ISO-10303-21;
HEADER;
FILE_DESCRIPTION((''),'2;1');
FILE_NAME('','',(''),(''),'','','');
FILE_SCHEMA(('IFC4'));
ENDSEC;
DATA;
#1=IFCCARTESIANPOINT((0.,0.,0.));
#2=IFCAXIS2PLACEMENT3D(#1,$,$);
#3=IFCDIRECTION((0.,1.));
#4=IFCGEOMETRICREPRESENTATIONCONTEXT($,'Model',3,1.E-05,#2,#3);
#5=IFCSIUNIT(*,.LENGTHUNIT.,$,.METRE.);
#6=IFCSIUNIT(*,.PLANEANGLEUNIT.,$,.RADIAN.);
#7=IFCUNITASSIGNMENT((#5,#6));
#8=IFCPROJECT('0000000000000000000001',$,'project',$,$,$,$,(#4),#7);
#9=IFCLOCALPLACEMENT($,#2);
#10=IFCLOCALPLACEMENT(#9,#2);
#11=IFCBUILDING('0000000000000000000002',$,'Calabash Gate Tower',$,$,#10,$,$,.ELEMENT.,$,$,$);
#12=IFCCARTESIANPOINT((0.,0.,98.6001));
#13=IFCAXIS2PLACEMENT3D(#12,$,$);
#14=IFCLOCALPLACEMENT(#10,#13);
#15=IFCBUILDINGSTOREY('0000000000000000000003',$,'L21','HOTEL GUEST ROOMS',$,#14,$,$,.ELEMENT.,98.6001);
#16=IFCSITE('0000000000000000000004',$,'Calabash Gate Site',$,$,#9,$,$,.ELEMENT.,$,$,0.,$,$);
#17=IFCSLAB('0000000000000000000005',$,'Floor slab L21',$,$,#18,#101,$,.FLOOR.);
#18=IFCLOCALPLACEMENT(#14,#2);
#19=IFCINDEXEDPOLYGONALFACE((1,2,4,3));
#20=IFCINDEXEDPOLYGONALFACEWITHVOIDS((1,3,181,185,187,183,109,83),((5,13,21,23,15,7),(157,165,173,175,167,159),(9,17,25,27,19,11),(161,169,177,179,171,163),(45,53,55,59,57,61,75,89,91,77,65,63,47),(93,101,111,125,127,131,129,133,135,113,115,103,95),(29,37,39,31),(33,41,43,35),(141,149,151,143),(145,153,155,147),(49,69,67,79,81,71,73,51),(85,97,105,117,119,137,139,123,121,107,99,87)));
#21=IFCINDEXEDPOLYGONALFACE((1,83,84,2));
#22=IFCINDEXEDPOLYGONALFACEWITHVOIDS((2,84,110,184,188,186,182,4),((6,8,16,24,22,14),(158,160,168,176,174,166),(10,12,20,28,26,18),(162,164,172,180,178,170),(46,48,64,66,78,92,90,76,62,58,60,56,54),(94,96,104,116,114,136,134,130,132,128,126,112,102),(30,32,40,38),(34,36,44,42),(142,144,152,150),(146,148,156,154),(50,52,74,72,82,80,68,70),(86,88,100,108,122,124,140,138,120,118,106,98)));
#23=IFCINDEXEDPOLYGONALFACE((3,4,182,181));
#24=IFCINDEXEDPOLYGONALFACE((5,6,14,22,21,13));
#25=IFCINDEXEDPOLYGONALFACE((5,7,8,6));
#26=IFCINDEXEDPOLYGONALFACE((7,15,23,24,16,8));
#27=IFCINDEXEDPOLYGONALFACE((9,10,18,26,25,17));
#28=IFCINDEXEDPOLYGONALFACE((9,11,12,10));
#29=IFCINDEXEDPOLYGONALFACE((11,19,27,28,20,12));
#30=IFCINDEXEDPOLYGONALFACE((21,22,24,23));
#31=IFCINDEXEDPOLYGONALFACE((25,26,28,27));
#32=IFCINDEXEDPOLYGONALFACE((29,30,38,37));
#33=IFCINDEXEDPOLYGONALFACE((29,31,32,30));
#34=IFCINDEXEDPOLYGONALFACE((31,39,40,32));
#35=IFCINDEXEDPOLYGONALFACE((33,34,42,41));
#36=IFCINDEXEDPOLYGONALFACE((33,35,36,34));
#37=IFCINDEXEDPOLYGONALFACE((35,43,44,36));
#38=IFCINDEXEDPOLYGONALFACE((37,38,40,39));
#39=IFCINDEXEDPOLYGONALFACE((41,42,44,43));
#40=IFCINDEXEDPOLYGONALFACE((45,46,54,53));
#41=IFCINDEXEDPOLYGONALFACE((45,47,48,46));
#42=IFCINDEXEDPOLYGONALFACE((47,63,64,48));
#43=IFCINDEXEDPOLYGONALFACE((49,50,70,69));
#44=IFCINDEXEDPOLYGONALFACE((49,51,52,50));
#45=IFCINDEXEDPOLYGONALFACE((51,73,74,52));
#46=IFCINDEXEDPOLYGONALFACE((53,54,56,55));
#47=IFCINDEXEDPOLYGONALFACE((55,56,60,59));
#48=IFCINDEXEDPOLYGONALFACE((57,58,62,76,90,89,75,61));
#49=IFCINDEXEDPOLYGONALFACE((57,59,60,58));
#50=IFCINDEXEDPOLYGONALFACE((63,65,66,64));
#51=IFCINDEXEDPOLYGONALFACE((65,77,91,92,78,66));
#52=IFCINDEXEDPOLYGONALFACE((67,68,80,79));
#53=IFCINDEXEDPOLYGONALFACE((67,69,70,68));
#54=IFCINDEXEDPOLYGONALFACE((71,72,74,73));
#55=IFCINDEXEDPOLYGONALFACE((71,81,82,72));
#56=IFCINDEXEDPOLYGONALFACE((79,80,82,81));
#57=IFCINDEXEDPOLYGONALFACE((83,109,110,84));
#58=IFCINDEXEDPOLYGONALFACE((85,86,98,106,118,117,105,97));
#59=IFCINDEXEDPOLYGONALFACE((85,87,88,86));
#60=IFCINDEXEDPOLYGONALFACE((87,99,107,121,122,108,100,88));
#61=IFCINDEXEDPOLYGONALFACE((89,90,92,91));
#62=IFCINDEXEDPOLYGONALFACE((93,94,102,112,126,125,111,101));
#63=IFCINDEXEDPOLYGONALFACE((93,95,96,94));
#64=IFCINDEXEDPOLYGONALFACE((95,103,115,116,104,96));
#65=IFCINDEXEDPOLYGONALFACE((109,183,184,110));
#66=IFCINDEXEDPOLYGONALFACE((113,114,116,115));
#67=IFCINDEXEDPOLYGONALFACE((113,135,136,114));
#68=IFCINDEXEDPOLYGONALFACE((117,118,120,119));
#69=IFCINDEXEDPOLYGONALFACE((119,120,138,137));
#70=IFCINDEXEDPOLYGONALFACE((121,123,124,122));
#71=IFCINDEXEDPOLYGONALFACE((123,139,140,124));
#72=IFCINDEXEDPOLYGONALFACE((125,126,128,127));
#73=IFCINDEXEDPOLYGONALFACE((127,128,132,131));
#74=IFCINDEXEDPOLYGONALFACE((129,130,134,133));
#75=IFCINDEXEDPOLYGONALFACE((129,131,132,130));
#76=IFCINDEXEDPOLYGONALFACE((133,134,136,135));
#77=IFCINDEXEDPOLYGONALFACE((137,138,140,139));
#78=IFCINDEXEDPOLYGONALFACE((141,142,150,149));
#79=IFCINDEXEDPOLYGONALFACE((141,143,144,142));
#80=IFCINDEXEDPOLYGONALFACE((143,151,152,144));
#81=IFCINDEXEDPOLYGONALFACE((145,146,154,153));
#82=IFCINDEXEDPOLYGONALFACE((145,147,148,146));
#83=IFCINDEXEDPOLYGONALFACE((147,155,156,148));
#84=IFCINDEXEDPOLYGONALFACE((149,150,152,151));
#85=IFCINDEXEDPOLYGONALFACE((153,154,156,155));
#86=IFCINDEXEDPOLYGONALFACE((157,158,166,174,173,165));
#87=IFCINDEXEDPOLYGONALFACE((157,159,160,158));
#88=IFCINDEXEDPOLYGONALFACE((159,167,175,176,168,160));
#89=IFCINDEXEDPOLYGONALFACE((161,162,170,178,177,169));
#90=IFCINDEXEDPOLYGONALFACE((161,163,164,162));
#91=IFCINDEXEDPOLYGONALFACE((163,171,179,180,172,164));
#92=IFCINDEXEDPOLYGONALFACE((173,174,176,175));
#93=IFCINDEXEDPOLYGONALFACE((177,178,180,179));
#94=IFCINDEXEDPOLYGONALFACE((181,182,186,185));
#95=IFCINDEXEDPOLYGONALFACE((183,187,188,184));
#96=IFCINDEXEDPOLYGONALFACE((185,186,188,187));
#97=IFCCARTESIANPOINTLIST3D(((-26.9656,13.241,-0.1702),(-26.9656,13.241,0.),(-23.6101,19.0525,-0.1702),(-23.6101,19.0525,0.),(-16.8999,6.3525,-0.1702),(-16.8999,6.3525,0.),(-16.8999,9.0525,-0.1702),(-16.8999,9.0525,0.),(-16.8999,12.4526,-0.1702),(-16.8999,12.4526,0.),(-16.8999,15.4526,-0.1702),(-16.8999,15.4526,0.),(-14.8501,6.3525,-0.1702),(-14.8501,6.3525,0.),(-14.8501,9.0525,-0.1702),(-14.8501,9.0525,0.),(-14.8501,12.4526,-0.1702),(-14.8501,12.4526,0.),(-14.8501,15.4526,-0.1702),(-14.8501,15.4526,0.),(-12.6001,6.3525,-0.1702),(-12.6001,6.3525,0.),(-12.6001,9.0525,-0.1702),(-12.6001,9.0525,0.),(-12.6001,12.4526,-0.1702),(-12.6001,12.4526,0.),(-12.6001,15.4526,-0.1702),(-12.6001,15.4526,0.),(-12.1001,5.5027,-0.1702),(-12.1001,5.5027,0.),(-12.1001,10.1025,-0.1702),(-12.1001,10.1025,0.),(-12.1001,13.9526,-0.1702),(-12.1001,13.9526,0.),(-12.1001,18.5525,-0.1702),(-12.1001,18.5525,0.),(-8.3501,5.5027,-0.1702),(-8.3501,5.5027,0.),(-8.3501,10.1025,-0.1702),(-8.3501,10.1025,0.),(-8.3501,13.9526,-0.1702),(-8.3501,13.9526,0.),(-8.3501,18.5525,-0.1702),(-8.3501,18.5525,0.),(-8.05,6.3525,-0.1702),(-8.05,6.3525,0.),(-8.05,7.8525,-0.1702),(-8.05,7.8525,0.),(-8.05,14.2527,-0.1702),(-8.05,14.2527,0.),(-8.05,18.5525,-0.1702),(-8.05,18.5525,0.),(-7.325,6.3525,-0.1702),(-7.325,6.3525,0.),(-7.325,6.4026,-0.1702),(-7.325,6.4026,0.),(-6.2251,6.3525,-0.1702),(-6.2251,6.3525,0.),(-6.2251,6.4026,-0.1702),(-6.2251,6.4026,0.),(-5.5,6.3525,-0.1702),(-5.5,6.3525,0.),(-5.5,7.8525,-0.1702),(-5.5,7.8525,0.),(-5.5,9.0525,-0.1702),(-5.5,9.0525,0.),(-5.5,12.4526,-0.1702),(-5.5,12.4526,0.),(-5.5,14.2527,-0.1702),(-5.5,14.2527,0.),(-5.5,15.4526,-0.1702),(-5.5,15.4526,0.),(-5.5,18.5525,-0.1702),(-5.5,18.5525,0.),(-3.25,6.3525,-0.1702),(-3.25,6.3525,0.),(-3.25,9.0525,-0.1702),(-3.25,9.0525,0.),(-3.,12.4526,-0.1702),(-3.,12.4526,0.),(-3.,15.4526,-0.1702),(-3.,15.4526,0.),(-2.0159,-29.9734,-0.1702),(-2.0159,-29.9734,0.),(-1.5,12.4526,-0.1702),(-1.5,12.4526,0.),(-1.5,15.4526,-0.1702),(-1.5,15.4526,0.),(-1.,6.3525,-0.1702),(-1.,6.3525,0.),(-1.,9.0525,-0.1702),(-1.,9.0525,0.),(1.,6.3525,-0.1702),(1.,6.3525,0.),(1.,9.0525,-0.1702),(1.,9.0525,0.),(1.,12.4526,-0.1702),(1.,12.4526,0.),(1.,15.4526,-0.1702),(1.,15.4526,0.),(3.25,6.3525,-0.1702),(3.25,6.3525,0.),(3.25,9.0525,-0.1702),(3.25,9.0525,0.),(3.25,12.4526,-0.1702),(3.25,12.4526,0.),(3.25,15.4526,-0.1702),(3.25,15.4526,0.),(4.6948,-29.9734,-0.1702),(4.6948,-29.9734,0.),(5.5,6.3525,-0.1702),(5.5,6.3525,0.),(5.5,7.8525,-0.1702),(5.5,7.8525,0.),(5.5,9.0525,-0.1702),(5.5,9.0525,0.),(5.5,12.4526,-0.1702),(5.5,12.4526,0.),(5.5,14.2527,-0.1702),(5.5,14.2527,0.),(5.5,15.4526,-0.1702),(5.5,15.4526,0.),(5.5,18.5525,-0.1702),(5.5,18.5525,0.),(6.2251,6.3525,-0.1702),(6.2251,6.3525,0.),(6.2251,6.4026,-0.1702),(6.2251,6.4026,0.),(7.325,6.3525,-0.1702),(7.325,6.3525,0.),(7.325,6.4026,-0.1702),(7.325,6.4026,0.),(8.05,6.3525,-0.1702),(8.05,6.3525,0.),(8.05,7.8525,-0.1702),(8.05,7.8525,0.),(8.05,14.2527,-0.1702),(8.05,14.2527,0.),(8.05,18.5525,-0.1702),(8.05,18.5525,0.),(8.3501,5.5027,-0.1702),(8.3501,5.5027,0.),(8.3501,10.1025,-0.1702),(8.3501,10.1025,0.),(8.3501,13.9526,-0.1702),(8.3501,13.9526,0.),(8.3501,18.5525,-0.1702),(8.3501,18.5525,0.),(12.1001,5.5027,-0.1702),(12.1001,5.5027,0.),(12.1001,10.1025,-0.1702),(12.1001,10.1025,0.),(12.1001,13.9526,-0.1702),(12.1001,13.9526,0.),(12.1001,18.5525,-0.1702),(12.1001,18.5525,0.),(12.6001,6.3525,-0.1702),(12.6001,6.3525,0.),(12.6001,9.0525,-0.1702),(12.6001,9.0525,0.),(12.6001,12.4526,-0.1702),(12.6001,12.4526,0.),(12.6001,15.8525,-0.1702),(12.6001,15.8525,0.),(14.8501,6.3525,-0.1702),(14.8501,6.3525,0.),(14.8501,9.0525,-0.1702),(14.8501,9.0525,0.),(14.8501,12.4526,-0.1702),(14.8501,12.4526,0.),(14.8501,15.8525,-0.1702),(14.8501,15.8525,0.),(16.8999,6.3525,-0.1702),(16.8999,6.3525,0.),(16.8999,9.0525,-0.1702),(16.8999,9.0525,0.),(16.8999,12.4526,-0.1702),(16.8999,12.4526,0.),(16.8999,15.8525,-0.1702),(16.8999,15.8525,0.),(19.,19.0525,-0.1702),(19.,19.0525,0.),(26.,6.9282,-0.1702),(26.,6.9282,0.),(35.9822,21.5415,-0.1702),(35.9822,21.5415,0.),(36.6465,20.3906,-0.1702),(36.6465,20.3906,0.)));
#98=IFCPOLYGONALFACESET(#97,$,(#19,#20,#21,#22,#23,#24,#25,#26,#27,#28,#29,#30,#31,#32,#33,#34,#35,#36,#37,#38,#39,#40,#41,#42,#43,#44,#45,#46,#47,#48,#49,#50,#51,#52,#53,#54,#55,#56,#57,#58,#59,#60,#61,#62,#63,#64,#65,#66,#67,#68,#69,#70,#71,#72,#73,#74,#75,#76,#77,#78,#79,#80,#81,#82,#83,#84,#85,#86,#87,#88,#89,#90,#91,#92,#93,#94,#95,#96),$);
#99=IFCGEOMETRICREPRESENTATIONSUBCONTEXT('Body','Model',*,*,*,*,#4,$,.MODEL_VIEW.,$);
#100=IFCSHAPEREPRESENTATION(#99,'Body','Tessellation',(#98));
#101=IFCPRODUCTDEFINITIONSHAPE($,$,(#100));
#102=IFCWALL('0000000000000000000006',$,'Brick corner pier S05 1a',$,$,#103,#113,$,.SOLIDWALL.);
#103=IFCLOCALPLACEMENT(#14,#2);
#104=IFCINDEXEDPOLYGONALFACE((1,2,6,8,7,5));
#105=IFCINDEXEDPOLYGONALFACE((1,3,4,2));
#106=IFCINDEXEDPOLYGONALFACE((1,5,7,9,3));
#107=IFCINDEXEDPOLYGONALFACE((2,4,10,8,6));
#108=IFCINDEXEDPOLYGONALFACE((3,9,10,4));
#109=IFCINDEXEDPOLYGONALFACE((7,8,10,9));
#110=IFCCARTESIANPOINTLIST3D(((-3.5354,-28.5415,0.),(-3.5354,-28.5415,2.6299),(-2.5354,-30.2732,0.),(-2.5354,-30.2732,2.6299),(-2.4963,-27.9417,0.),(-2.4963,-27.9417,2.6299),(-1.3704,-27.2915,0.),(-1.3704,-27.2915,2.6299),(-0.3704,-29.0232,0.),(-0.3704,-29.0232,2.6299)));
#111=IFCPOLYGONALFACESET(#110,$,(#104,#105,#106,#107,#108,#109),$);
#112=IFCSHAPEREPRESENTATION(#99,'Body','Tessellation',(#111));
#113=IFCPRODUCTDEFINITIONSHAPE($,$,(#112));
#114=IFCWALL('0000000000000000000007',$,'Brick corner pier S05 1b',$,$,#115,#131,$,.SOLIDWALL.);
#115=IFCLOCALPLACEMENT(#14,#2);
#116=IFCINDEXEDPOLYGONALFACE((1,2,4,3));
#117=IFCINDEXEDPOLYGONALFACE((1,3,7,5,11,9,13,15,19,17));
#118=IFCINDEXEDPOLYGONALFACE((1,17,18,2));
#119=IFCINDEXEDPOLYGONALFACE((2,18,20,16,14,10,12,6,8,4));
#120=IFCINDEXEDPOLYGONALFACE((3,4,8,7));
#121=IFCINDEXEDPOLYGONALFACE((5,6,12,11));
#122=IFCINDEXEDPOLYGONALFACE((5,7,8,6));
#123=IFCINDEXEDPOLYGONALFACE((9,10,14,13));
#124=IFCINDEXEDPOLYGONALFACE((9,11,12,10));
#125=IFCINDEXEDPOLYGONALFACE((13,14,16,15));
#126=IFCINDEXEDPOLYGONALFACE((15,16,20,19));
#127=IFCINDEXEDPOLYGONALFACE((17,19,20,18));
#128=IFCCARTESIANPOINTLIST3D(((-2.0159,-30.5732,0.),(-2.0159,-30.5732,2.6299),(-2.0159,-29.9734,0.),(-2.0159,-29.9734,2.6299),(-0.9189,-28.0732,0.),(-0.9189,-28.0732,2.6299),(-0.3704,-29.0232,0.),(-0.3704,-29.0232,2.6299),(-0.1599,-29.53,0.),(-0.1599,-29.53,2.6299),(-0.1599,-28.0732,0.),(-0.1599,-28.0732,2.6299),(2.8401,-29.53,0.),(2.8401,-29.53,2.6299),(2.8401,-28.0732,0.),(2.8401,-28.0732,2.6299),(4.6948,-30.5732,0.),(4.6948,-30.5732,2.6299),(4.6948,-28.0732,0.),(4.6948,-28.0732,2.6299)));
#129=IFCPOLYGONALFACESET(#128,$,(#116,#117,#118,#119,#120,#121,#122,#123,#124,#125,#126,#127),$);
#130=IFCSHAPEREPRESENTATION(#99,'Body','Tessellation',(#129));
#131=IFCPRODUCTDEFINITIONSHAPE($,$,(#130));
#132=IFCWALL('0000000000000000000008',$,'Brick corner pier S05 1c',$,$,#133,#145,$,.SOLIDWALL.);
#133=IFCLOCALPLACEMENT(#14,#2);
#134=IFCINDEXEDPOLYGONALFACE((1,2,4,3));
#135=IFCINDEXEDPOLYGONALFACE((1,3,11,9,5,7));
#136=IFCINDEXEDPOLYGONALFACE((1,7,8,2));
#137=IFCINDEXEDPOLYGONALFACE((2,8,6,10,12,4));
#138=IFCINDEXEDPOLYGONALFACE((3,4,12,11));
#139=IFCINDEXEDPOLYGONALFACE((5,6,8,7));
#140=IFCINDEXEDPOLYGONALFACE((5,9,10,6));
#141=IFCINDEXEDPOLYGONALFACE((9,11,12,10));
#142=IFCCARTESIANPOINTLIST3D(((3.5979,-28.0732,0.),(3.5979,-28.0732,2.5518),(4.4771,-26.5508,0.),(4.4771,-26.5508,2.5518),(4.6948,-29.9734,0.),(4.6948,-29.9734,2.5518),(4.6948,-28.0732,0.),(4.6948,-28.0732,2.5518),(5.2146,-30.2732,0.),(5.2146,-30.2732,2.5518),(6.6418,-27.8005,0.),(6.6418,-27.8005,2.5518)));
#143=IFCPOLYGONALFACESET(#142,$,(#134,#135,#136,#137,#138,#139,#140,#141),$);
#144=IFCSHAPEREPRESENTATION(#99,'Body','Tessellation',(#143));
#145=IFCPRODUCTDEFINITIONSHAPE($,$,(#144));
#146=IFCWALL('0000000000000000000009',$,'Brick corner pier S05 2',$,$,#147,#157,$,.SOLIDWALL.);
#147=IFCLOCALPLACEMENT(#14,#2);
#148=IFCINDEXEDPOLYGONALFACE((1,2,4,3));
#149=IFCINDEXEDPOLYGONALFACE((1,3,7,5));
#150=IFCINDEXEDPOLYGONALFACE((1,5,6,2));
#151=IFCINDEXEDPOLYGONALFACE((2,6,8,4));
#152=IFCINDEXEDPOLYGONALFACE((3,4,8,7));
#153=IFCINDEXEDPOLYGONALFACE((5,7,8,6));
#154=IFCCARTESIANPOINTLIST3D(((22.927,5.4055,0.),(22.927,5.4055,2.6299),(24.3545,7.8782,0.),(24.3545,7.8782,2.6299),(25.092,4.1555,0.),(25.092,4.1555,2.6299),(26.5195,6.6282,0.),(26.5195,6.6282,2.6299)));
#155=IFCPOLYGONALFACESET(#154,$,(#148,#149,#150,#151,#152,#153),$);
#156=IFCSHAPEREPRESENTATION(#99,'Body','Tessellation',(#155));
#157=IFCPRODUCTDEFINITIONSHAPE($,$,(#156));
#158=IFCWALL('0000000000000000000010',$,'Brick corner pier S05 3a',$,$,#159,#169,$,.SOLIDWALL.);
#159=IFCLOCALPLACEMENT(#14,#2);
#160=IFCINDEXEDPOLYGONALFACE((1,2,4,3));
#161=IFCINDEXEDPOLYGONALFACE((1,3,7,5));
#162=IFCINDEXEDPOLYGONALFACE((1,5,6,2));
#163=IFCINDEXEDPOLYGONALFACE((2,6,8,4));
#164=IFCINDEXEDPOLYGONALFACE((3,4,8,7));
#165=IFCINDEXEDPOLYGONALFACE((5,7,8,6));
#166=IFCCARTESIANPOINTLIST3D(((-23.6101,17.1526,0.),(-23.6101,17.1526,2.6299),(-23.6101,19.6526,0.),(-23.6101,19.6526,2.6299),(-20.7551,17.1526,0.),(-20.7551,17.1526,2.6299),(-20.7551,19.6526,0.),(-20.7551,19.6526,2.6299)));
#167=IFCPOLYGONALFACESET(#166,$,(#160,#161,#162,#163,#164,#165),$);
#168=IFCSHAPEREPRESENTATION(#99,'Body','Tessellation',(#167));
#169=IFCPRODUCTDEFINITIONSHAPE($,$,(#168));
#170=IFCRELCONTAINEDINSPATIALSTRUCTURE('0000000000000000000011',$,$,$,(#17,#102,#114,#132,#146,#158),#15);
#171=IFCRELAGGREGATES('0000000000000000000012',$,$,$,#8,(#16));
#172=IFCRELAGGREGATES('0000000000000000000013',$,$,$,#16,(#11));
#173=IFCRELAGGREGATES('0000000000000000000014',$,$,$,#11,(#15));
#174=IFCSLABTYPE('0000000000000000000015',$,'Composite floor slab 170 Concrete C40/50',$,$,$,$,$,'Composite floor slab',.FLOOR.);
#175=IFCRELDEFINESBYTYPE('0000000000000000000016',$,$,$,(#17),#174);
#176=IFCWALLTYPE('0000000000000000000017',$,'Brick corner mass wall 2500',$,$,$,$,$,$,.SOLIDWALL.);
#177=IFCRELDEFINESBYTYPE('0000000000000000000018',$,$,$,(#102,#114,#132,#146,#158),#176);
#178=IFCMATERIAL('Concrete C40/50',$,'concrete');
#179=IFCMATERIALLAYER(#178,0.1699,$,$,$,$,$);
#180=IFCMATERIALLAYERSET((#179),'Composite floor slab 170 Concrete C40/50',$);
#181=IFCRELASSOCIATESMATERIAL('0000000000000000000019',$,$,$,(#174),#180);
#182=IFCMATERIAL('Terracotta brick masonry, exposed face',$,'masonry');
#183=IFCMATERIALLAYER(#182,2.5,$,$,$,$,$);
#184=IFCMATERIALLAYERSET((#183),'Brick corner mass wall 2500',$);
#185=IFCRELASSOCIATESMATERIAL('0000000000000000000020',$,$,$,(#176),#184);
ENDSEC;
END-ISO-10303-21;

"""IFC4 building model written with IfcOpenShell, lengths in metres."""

from ifc_helpers import new_model, si_unit, direction, frame, origin, place, context, subcontext, project, spatial, polyline, outline, extrude, material, layer, layer_set, type_object, element, save


model = new_model("IFC4")

# Units and contexts
model_context = context("Model", 3, precision=1e-05, world=origin(), true_north=direction((0.0, 1.0)))
body_context = subcontext(model_context, "Body", "Model", "MODEL_VIEW")
ifc_project = project(units=[si_unit("LENGTHUNIT", "METRE"), si_unit("PLANEANGLEUNIT", "RADIAN")], contexts=[model_context])

# Site, building, storey
site_placement = place(None, origin())
site = spatial("IfcSite", under=ifc_project, at=site_placement, Name="Calabash Gate Site", CompositionType="ELEMENT", RefElevation=0.0)
building_placement = place(site_placement, origin())
building = spatial("IfcBuilding", under=site, at=building_placement, Name="Calabash Gate Tower", CompositionType="ELEMENT")
storey_placement = place(building_placement, frame((0.0, 0.0, 98.6001)))
storey = spatial("IfcBuildingStorey", under=building, at=storey_placement, Name="L21", Description="HOTEL GUEST ROOMS", CompositionType="ELEMENT", Elevation=98.6001)

# Slab
ifc_material_1 = material(Name="Concrete C40/50", Category="concrete")
ifc_layer_1 = layer(ifc_material_1, 0.1699)
ifc_layer_set_1 = layer_set([ifc_layer_1], Name="Composite floor slab 170 Concrete C40/50")
slab_type = type_object("IfcSlabType", Name="Composite floor slab 170 Concrete C40/50", ElementType="Composite floor slab", PredefinedType="FLOOR", material=ifc_layer_set_1)
slab_placement = place(storey_placement, frame((0.0, 0.0, -0.1702)))
element("IfcSlab", 1, at=slab_placement, inside=storey, type_object=slab_type, Name="Floor slab L21", PredefinedType="FLOOR", context=body_context, shape_type="SweptSolid", body=[
    extrude(outline(polyline([(-26.9656, 13.241), (-23.6101, 19.0525), (19.0, 19.0525), (35.9822, 21.5415), (36.6465, 20.3906), (26.0, 6.9282), (4.6948, -29.9734), (-2.0159, -29.9734), (-26.9656, 13.241)]), holes=[polyline([(-5.5, 9.0525), (-5.5, 7.8525), (-8.05, 7.8525), (-8.05, 6.3525), (-7.325, 6.3525), (-7.325, 6.4026), (-6.2251, 6.4026), (-6.2251, 6.3525), (-5.5, 6.3525), (-3.25, 6.3525), (-1.0, 6.3525), (-1.0, 9.0525), (-3.25, 9.0525), (-5.5, 9.0525)]), polyline([(5.5, 9.0525), (3.25, 9.0525), (1.0, 9.0525), (1.0, 6.3525), (3.25, 6.3525), (5.5, 6.3525), (6.2251, 6.3525), (6.2251, 6.4026), (7.325, 6.4026), (7.325, 6.3525), (8.05, 6.3525), (8.05, 7.8525), (5.5, 7.8525), (5.5, 9.0525)]), polyline([(-5.5, 14.2527), (-5.5, 12.4526), (-3.0, 12.4526), (-3.0, 15.4526), (-5.5, 15.4526), (-5.5, 18.5525), (-8.05, 18.5525), (-8.05, 14.2527), (-5.5, 14.2527)]), polyline([(8.05, 18.5525), (5.5, 18.5525), (5.5, 15.4526), (3.25, 15.4526), (1.0, 15.4526), (-1.5, 15.4526), (-1.5, 12.4526), (1.0, 12.4526), (3.25, 12.4526), (5.5, 12.4526), (5.5, 14.2527), (8.05, 14.2527), (8.05, 18.5525)]), polyline([(-12.6001, 6.3525), (-12.6001, 9.0525), (-14.8501, 9.0525), (-16.8999, 9.0525), (-16.8999, 6.3525), (-14.8501, 6.3525), (-12.6001, 6.3525)]), polyline([(-14.8501, 12.4526), (-12.6001, 12.4526), (-12.6001, 15.4526), (-14.8501, 15.4526), (-16.8999, 15.4526), (-16.8999, 12.4526), (-14.8501, 12.4526)]), polyline([(14.8501, 6.3525), (16.8999, 6.3525), (16.8999, 9.0525), (14.8501, 9.0525), (12.6001, 9.0525), (12.6001, 6.3525), (14.8501, 6.3525)]), polyline([(14.8501, 12.4526), (16.8999, 12.4526), (16.8999, 15.8525), (14.8501, 15.8525), (12.6001, 15.8525), (12.6001, 12.4526), (14.8501, 12.4526)]), polyline([(-8.3501, 18.5525), (-12.1001, 18.5525), (-12.1001, 13.9526), (-8.3501, 13.9526), (-8.3501, 18.5525)]), polyline([(-12.1001, 10.1025), (-12.1001, 5.5027), (-8.3501, 5.5027), (-8.3501, 10.1025), (-12.1001, 10.1025)]), polyline([(8.3501, 13.9526), (12.1001, 13.9526), (12.1001, 18.5525), (8.3501, 18.5525), (8.3501, 13.9526)]), polyline([(12.1001, 5.5027), (12.1001, 10.1025), (8.3501, 10.1025), (8.3501, 5.5027), (12.1001, 5.5027)])]), origin(), (0.0, 0.0, 1.0), 0.1702),
])

# Walls
ifc_material_2 = material(Name="Terracotta brick masonry, exposed face", Category="masonry")
ifc_layer_2 = layer(ifc_material_2, 2.5)
ifc_layer_set_2 = layer_set([ifc_layer_2], Name="Brick corner mass wall 2500")
wall_type_1 = type_object("IfcWallType", Name="Brick corner mass wall 2500", PredefinedType="SOLIDWALL", material=ifc_layer_set_2)
wall_1_placement = place(storey_placement, origin())
element("IfcWall", 2, at=wall_1_placement, inside=storey, type_object=wall_type_1, Name="Brick corner pier S05 1a", PredefinedType="SOLIDWALL", context=body_context, shape_type="SweptSolid", body=[
    extrude(outline(polyline([(-3.5354, -28.5415), (-2.5354, -30.2732), (-0.3704, -29.0232), (-1.3704, -27.2915), (-2.4963, -27.9417), (-2.4963, -27.9417), (-3.5354, -28.5415)])), origin(), (0.0, 0.0, 1.0), 2.6299),
])
wall_2_placement = place(storey_placement, origin())
element("IfcWall", 3, at=wall_2_placement, inside=storey, type_object=wall_type_1, Name="Brick corner pier S05 1b", PredefinedType="SOLIDWALL", context=body_context, shape_type="SweptSolid", body=[
    extrude(outline(polyline([(-0.9189, -28.0732), (-0.3704, -29.0232), (-2.0159, -29.9734), (-2.0159, -30.5732), (4.6948, -30.5732), (4.6948, -28.0732), (2.8401, -28.0732), (2.8401, -29.53), (-0.1599, -29.53), (-0.1599, -28.0732), (-0.9189, -28.0732)])), origin(), (0.0, 0.0, 1.0), 2.6299),
])
wall_3_placement = place(storey_placement, origin())
element("IfcWall", 4, at=wall_3_placement, inside=storey, type_object=wall_type_1, Name="Brick corner pier S05 1c", PredefinedType="SOLIDWALL", context=body_context, shape_type="SweptSolid", body=[
    extrude(outline(polyline([(6.6418, -27.8005), (4.4771, -26.5508), (3.5979, -28.0732), (4.6948, -28.0732), (4.6948, -29.9734), (5.2146, -30.2732), (6.6418, -27.8005)])), origin(), (0.0, 0.0, 1.0), 2.5518),
])
wall_4_placement = place(storey_placement, origin())
element("IfcWall", 5, at=wall_4_placement, inside=storey, type_object=wall_type_1, Name="Brick corner pier S05 2", PredefinedType="SOLIDWALL", context=body_context, shape_type="SweptSolid", body=[
    extrude(outline(polyline([(22.927, 5.4055), (25.092, 4.1555), (26.5195, 6.6282), (24.3545, 7.8782), (22.927, 5.4055)])), origin(), (0.0, 0.0, 1.0), 2.6299),
])
wall_5_placement = place(storey_placement, origin())
element("IfcWall", 6, at=wall_5_placement, inside=storey, type_object=wall_type_1, Name="Brick corner pier S05 3a", PredefinedType="SOLIDWALL", context=body_context, shape_type="SweptSolid", body=[
    extrude(outline(polyline([(-23.6101, 17.1526), (-20.7551, 17.1526), (-20.7551, 19.6526), (-23.6101, 19.6526), (-23.6101, 17.1526)])), origin(), (0.0, 0.0, 1.0), 2.6299),
])

save(model, "model.ifc")
